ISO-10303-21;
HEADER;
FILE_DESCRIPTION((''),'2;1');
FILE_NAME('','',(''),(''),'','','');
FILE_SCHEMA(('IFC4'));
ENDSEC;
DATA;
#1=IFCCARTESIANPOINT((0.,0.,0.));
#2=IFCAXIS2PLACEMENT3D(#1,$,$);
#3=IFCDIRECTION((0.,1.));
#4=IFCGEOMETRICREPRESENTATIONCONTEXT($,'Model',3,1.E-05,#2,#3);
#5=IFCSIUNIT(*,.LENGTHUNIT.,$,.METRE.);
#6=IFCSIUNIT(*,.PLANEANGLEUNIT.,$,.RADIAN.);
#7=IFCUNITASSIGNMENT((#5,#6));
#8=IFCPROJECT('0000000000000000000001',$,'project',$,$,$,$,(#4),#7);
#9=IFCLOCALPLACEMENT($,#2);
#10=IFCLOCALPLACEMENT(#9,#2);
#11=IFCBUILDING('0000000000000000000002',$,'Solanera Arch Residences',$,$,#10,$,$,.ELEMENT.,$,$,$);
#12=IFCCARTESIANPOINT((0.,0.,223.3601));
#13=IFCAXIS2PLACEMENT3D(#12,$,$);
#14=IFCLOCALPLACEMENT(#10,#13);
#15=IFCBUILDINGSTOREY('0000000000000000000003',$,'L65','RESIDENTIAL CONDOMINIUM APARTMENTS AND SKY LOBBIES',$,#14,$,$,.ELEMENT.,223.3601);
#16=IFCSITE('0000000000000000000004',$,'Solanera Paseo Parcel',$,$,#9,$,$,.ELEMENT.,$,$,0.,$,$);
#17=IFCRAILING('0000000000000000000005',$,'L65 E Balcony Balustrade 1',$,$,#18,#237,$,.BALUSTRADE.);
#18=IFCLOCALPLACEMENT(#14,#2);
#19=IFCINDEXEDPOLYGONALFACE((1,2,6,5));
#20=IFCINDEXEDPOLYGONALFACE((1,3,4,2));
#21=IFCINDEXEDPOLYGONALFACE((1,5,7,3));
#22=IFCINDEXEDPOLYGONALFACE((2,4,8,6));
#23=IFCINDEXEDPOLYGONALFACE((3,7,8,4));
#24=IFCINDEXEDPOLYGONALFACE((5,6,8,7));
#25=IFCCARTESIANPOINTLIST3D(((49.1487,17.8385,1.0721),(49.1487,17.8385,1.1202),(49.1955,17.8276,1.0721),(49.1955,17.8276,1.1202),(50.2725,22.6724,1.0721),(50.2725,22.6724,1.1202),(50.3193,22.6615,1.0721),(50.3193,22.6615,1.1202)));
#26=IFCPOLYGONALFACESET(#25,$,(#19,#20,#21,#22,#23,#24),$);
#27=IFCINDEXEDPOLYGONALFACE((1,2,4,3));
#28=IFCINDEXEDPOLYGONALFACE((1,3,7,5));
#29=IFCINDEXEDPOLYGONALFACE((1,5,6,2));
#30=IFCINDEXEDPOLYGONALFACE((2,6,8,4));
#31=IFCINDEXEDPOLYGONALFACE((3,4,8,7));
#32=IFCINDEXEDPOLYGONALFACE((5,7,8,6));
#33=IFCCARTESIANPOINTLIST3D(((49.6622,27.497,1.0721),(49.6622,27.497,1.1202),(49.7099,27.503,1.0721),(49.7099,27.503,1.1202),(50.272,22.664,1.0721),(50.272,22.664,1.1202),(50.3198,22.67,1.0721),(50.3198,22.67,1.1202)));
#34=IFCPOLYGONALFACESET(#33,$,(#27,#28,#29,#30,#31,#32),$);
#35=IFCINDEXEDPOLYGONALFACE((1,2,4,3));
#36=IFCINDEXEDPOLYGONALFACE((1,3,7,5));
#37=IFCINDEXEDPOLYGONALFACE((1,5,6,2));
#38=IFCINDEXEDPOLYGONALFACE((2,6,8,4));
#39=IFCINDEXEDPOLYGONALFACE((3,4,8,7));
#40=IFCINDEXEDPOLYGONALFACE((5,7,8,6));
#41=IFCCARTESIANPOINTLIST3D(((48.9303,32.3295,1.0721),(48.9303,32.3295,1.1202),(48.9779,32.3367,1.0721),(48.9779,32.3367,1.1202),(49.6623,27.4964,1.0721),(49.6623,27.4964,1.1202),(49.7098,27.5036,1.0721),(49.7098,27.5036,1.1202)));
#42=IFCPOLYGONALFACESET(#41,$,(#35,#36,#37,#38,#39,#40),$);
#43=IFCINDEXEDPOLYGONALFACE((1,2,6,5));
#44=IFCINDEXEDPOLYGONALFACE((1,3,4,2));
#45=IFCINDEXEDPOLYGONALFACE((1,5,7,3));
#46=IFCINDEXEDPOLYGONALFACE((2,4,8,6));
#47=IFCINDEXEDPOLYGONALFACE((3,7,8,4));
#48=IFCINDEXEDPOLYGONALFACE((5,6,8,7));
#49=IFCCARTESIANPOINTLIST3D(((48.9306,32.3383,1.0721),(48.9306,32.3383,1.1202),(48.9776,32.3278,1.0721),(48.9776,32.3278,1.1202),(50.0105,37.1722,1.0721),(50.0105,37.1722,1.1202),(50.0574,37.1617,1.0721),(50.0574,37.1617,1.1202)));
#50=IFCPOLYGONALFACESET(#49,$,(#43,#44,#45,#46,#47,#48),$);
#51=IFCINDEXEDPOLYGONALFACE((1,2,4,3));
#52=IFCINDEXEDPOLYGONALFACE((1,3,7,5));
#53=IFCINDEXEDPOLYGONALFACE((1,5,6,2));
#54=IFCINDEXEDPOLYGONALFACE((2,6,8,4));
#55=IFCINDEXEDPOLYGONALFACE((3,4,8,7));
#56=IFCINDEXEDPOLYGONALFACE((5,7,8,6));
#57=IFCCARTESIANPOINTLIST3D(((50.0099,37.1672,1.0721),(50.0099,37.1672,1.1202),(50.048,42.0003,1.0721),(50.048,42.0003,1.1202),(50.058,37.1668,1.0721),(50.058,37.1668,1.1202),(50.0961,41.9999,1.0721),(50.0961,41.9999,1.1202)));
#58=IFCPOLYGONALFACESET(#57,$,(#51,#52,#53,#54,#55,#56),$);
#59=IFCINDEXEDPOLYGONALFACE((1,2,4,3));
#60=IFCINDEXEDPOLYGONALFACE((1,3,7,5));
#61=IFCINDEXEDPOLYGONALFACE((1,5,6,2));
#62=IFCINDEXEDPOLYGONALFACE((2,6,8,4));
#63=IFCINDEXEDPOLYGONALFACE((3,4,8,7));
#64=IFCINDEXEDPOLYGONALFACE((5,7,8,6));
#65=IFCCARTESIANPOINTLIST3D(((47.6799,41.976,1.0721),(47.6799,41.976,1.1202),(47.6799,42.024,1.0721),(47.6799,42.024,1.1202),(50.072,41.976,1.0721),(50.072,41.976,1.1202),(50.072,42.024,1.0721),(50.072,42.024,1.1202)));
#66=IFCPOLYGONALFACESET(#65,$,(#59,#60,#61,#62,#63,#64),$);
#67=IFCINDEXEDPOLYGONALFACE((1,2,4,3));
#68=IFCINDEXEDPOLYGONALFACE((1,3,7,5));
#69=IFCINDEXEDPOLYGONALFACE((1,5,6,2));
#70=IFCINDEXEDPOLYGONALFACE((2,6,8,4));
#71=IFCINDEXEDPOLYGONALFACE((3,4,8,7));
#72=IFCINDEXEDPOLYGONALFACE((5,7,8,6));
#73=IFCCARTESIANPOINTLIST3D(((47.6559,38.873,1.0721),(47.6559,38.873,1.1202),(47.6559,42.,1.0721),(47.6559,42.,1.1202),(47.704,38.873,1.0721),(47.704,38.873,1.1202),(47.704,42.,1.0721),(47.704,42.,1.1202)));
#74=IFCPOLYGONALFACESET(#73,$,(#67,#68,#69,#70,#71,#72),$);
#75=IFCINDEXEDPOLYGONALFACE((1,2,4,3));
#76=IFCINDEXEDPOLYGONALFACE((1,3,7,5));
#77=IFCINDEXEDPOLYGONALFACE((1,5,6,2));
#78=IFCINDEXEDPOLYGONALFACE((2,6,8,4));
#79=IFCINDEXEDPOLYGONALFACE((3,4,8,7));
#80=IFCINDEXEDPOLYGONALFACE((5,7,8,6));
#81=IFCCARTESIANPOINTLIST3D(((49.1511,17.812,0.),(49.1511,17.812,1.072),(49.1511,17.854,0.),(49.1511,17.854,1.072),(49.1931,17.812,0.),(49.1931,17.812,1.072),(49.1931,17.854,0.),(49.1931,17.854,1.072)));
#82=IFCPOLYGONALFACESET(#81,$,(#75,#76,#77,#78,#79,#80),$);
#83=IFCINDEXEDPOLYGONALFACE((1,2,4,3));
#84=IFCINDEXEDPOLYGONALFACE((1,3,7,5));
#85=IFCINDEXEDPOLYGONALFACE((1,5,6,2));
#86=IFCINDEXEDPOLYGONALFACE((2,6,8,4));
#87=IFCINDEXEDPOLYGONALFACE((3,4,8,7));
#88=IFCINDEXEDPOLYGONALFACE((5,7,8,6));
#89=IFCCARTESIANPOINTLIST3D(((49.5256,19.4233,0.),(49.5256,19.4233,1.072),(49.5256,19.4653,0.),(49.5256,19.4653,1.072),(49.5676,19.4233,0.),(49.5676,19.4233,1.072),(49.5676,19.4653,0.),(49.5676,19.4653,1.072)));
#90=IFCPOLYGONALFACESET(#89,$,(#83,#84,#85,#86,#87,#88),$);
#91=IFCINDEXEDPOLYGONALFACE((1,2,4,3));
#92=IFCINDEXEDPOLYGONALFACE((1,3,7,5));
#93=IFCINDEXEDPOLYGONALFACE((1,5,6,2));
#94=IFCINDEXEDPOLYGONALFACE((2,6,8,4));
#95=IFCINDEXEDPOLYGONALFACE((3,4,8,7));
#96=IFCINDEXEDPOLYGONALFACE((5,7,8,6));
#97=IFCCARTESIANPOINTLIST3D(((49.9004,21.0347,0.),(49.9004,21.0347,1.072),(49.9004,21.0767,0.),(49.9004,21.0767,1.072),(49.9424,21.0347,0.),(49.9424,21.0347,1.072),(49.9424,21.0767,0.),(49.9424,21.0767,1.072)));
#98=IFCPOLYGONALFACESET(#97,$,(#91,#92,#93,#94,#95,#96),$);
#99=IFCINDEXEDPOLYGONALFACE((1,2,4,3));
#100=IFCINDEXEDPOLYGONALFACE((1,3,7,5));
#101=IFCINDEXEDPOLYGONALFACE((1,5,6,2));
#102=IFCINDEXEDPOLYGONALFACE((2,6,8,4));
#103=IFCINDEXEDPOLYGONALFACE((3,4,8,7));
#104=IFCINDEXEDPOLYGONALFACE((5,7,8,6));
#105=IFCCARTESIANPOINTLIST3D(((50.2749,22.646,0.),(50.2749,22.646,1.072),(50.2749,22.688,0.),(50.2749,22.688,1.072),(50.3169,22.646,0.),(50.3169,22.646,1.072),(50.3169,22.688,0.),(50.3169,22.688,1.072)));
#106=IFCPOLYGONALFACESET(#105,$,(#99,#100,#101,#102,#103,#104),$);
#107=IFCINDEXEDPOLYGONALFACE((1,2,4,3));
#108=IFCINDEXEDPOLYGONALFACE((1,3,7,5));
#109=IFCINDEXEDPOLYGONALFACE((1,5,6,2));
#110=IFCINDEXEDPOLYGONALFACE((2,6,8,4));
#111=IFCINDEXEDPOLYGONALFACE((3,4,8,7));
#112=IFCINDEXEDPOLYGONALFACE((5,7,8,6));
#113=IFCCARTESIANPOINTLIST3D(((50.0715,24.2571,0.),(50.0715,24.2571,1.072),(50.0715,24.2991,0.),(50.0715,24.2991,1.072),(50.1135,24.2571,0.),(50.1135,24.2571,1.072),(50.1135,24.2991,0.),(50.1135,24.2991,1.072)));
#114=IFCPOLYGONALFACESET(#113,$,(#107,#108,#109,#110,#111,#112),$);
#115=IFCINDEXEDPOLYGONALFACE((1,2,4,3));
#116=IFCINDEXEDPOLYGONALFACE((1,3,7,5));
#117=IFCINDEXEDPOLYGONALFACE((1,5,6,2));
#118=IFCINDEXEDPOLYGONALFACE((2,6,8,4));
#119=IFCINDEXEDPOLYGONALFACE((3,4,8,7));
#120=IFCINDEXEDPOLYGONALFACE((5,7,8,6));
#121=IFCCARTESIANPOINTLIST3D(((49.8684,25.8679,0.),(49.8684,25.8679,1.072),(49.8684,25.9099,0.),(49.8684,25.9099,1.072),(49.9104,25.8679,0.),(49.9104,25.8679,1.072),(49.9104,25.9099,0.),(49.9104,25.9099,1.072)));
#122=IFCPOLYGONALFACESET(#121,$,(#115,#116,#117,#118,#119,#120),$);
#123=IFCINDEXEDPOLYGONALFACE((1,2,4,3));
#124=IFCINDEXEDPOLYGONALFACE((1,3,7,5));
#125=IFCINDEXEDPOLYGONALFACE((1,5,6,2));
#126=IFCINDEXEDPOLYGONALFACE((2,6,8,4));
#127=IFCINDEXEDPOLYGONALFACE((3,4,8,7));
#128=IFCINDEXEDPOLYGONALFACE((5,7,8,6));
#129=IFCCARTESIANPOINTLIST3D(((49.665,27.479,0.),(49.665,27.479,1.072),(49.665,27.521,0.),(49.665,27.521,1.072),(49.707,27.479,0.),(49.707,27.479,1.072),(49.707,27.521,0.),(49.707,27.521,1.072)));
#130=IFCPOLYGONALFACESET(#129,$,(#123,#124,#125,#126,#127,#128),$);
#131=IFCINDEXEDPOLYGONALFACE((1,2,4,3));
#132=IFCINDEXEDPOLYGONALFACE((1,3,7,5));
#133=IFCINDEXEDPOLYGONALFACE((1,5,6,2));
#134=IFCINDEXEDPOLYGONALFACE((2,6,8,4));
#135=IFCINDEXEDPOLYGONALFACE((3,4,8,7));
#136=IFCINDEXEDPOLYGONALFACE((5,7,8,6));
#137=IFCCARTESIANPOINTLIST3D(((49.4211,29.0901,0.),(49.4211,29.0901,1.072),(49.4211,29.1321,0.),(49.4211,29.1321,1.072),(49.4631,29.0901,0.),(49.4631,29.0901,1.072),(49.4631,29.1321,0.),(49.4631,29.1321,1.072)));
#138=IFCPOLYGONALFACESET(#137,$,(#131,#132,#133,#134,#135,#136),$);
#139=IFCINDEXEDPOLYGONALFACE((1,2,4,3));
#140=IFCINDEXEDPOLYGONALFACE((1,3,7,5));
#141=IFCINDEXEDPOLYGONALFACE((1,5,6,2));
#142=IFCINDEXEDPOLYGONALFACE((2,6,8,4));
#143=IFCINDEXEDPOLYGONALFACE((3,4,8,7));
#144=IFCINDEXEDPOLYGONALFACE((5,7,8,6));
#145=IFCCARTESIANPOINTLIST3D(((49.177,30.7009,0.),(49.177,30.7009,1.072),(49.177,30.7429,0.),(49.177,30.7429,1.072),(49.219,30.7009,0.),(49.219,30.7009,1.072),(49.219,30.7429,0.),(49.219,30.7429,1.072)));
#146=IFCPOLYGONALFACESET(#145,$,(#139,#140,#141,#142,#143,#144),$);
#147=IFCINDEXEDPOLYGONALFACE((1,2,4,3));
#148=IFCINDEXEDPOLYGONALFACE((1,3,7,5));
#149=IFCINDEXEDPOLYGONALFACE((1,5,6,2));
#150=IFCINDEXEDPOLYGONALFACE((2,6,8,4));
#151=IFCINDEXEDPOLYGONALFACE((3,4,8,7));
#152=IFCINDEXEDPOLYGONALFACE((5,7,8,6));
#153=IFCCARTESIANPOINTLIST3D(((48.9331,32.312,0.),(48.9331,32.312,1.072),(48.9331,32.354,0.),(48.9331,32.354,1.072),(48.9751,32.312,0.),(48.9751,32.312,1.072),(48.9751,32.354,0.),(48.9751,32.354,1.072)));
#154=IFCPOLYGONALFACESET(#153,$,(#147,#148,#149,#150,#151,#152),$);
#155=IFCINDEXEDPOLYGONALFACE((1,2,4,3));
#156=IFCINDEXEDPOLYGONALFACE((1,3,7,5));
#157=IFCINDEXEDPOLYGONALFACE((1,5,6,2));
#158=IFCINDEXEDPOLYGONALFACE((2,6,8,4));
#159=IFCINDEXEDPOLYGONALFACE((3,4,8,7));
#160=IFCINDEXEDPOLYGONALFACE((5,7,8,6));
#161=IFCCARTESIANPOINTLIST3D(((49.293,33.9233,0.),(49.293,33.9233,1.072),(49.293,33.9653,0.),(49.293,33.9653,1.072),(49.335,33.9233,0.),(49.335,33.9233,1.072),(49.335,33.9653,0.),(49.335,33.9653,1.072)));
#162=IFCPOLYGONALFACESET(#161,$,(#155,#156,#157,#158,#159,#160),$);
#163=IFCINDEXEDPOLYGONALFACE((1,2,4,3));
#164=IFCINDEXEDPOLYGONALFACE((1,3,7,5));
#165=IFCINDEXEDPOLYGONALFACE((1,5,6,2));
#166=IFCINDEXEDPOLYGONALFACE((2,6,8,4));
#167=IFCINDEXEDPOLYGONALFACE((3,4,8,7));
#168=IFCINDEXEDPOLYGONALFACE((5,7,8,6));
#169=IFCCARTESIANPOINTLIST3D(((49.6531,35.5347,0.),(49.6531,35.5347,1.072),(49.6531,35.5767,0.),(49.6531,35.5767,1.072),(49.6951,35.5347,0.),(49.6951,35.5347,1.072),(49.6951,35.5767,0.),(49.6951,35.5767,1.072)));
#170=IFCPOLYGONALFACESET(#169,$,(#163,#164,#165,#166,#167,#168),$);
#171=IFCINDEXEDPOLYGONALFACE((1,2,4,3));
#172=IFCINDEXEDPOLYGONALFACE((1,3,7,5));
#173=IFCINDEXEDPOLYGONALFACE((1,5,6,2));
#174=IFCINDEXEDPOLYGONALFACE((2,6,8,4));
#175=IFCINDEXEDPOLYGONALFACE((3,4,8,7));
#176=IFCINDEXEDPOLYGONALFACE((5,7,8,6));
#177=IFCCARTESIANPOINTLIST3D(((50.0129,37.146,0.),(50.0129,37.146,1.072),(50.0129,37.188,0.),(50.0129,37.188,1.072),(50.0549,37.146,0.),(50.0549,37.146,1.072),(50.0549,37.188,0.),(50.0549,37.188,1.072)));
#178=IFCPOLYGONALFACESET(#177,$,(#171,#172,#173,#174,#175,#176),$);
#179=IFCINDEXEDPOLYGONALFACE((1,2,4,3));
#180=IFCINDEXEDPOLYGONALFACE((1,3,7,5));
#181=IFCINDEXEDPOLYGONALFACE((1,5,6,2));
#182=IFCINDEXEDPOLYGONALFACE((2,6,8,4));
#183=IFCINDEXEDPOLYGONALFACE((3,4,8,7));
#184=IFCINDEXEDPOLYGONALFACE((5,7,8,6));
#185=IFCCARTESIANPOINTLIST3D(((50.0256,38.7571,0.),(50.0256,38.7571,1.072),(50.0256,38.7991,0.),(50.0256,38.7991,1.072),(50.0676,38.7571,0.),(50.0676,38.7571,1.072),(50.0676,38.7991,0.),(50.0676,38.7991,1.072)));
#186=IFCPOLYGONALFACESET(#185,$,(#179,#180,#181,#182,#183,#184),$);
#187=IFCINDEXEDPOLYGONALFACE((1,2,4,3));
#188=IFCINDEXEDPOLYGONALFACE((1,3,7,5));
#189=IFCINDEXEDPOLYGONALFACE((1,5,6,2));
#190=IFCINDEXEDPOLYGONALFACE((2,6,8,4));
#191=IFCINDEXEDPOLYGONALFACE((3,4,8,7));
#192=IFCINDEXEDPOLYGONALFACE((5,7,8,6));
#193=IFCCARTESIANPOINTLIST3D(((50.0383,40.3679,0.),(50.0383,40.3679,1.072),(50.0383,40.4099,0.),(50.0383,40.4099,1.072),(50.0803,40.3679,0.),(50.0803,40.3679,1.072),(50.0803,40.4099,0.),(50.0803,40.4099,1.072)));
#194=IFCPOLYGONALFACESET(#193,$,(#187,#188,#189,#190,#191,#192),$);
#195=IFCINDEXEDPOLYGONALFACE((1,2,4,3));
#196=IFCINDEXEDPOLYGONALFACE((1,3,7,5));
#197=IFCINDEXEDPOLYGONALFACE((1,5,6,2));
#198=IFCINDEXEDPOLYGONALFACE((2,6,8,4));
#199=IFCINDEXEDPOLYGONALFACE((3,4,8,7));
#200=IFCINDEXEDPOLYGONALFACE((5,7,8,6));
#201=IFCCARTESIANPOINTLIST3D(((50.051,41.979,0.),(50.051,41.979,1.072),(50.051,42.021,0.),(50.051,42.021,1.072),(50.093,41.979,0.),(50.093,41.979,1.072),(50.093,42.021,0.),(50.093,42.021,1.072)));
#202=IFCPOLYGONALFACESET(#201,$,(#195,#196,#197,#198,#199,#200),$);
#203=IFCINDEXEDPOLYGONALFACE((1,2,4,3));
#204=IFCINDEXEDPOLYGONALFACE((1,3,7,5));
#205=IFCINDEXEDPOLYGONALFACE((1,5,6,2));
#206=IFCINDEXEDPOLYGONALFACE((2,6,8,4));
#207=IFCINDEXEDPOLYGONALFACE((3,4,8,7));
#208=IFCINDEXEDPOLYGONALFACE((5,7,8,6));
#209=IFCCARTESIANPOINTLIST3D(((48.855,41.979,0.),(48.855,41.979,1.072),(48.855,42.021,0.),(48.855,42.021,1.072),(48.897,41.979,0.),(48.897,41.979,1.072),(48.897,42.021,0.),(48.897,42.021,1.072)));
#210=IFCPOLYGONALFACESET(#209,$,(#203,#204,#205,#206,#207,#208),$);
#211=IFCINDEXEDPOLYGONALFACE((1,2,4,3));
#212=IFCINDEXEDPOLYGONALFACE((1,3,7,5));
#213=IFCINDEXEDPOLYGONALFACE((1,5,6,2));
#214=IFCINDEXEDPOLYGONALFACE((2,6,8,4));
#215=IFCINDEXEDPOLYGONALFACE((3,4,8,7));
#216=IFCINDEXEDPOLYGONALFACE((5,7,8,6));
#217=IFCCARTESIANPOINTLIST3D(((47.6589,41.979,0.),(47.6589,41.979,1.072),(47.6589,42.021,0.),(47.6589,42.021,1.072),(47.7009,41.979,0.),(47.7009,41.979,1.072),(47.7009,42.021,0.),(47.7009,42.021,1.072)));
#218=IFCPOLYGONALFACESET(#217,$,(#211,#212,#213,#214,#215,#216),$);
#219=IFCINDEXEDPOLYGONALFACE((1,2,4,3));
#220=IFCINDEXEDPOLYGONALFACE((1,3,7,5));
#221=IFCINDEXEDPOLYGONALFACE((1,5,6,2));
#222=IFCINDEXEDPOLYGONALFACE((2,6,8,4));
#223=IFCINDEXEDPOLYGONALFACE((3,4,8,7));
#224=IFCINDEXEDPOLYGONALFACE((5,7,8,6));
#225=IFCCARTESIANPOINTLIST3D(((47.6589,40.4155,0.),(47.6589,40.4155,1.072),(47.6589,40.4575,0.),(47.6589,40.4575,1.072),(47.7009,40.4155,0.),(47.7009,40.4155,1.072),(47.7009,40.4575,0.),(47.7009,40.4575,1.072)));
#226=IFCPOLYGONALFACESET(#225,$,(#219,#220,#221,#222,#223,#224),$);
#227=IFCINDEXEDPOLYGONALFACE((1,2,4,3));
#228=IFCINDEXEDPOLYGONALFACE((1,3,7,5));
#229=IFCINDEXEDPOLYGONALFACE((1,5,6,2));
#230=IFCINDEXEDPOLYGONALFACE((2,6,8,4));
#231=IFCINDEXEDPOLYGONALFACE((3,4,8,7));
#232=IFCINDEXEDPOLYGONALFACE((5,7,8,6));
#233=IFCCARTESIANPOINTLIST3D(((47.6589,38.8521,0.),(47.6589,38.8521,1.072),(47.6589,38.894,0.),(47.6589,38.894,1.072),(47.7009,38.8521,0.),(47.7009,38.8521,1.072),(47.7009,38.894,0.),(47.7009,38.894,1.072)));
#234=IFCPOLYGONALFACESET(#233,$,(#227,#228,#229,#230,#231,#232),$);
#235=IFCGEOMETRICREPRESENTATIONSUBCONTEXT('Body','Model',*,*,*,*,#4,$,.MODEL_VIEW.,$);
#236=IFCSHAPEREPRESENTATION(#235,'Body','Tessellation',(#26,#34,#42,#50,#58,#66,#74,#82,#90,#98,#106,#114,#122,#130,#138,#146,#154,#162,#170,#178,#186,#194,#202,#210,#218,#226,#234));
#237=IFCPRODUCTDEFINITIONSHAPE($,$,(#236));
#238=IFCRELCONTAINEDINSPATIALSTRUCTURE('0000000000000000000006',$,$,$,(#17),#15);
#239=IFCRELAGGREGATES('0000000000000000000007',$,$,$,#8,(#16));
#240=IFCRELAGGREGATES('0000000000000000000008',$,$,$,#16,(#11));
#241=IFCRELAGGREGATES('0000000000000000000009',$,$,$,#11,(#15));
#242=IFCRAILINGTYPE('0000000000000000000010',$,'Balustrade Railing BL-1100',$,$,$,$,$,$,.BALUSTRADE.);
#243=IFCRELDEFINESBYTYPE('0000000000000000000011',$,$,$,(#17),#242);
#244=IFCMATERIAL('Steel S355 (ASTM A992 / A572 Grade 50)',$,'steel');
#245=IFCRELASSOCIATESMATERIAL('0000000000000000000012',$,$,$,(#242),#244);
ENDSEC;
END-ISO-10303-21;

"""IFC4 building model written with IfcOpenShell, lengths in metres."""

from ifc_helpers import new_model, si_unit, direction, frame, origin, origin_2d, place, context, subcontext, project, spatial, rectangle, extrude, material, type_object, element, save


model = new_model("IFC4")

# Units and contexts
model_context = context("Model", 3, precision=1e-05, world=origin(), true_north=direction((0.0, 1.0)))
body_context = subcontext(model_context, "Body", "Model", "MODEL_VIEW")
ifc_project = project(units=[si_unit("LENGTHUNIT", "METRE"), si_unit("PLANEANGLEUNIT", "RADIAN")], contexts=[model_context])

# Site, building, storey
site_placement = place(None, origin())
site = spatial("IfcSite", under=ifc_project, at=site_placement, Name="Solanera Paseo Parcel", CompositionType="ELEMENT", RefElevation=0.0)
building_placement = place(site_placement, origin())
building = spatial("IfcBuilding", under=site, at=building_placement, Name="Solanera Arch Residences", CompositionType="ELEMENT")
storey_placement = place(building_placement, frame((0.0, 0.0, 223.3601)))
storey = spatial("IfcBuildingStorey", under=building, at=storey_placement, Name="L65", Description="RESIDENTIAL CONDOMINIUM APARTMENTS AND SKY LOBBIES", CompositionType="ELEMENT", Elevation=223.3601)

# Railing
ifc_material_1 = material(Name="Steel S355 (ASTM A992 / A572 Grade 50)", Category="steel")
railing_type = type_object("IfcRailingType", Name="Balustrade Railing BL-1100", PredefinedType="BALUSTRADE", material=ifc_material_1)
railing_1_placement = place(storey_placement, frame((49.1721, 17.833, 0.0)))
element("IfcRailing", 1, at=railing_1_placement, inside=storey, type_object=railing_type, Name="L65 E Balcony Balustrade 1", PredefinedType="BALUSTRADE", context=body_context, shape_type="SweptSolid", body=[
    extrude(rectangle(XDim=0.0481, YDim=0.0481, at=origin_2d()), frame((0.0, 0.0, 1.0962), z_axis=(0.226436, 0.974026, 0.0), x_axis=(-0.974026, 0.226436, 0.0)), (0.0, 0.0, 1.0), 4.9629),
    extrude(rectangle(XDim=0.0481, YDim=0.0481, at=origin_2d()), frame((1.1238, 4.834, 1.0962), z_axis=(-0.125194, 0.992132, 0.0), x_axis=(-0.992132, -0.125194, 0.0)), (0.0, 0.0, 1.0), 4.8713),
    extrude(rectangle(XDim=0.0481, YDim=0.0481, at=origin_2d()), frame((0.5139, 9.667, 1.0962), z_axis=(-0.149737, 0.988726, 0.0), x_axis=(-0.988726, -0.149737, 0.0)), (0.0, 0.0, 1.0), 4.8882),
    extrude(rectangle(XDim=0.0481, YDim=0.0481, at=origin_2d()), frame((-0.218, 14.5, 1.0962), z_axis=(0.218011, 0.975946, 0.0), x_axis=(-0.975946, 0.218011, 0.0)), (0.0, 0.0, 1.0), 4.9531),
    extrude(rectangle(XDim=0.0481, YDim=0.0481, at=origin_2d()), frame((0.8618, 19.334, 1.0962), z_axis=(0.00788, 0.999969, 0.0), x_axis=(-0.999969, 0.00788, 0.0)), (0.0, 0.0, 1.0), 4.8333),
    extrude(rectangle(XDim=0.0481, YDim=0.0481, at=origin_2d()), frame((0.8999, 24.167, 1.0962), z_axis=(-1.0, 0.0, 0.0), x_axis=(0.0, -1.0, 0.0)), (0.0, 0.0, 1.0), 2.3921),
    extrude(rectangle(XDim=0.0481, YDim=0.0481, at=origin_2d()), frame((-1.4922, 24.167, 1.0962), z_axis=(0.0, -1.0, 0.0), x_axis=(1.0, 0.0, 0.0)), (0.0, 0.0, 1.0), 3.127),
    extrude(rectangle(XDim=0.042, YDim=0.042, at=origin_2d()), origin(), (0.0, 0.0, 1.0), 1.072),
    extrude(rectangle(XDim=0.042, YDim=0.042, at=origin_2d()), frame((0.3745, 1.6113, 0.0)), (0.0, 0.0, 1.0), 1.072),
    extrude(rectangle(XDim=0.042, YDim=0.042, at=origin_2d()), frame((0.7493, 3.2227, 0.0)), (0.0, 0.0, 1.0), 1.072),
    extrude(rectangle(XDim=0.042, YDim=0.042, at=origin_2d()), frame((1.1238, 4.834, 0.0)), (0.0, 0.0, 1.0), 1.072),
    extrude(rectangle(XDim=0.042, YDim=0.042, at=origin_2d()), frame((0.9204, 6.4451, 0.0)), (0.0, 0.0, 1.0), 1.072),
    extrude(rectangle(XDim=0.042, YDim=0.042, at=origin_2d()), frame((0.7173, 8.0559, 0.0)), (0.0, 0.0, 1.0), 1.072),
    extrude(rectangle(XDim=0.042, YDim=0.042, at=origin_2d()), frame((0.5139, 9.667, 0.0)), (0.0, 0.0, 1.0), 1.072),
    extrude(rectangle(XDim=0.042, YDim=0.042, at=origin_2d()), frame((0.27, 11.2781, 0.0)), (0.0, 0.0, 1.0), 1.072),
    extrude(rectangle(XDim=0.042, YDim=0.042, at=origin_2d()), frame((0.0259, 12.8889, 0.0)), (0.0, 0.0, 1.0), 1.072),
    extrude(rectangle(XDim=0.042, YDim=0.042, at=origin_2d()), frame((-0.218, 14.5, 0.0)), (0.0, 0.0, 1.0), 1.072),
    extrude(rectangle(XDim=0.042, YDim=0.042, at=origin_2d()), frame((0.1418, 16.1113, 0.0)), (0.0, 0.0, 1.0), 1.072),
    extrude(rectangle(XDim=0.042, YDim=0.042, at=origin_2d()), frame((0.502, 17.7227, 0.0)), (0.0, 0.0, 1.0), 1.072),
    extrude(rectangle(XDim=0.042, YDim=0.042, at=origin_2d()), frame((0.8618, 19.334, 0.0)), (0.0, 0.0, 1.0), 1.072),
    extrude(rectangle(XDim=0.042, YDim=0.042, at=origin_2d()), frame((0.8745, 20.9451, 0.0)), (0.0, 0.0, 1.0), 1.072),
    extrude(rectangle(XDim=0.042, YDim=0.042, at=origin_2d()), frame((0.8872, 22.5559, 0.0)), (0.0, 0.0, 1.0), 1.072),
    extrude(rectangle(XDim=0.042, YDim=0.042, at=origin_2d()), frame((0.8999, 24.167, 0.0)), (0.0, 0.0, 1.0), 1.072),
    extrude(rectangle(XDim=0.042, YDim=0.042, at=origin_2d()), frame((-0.2961, 24.167, 0.0)), (0.0, 0.0, 1.0), 1.072),
    extrude(rectangle(XDim=0.042, YDim=0.042, at=origin_2d()), frame((-1.4922, 24.167, 0.0)), (0.0, 0.0, 1.0), 1.072),
    extrude(rectangle(XDim=0.042, YDim=0.042, at=origin_2d()), frame((-1.4922, 22.6035, 0.0)), (0.0, 0.0, 1.0), 1.072),
    extrude(rectangle(XDim=0.042, YDim=0.042, at=origin_2d()), frame((-1.4922, 21.04, 0.0)), (0.0, 0.0, 1.0), 1.072),
])

save(model, "model.ifc")
